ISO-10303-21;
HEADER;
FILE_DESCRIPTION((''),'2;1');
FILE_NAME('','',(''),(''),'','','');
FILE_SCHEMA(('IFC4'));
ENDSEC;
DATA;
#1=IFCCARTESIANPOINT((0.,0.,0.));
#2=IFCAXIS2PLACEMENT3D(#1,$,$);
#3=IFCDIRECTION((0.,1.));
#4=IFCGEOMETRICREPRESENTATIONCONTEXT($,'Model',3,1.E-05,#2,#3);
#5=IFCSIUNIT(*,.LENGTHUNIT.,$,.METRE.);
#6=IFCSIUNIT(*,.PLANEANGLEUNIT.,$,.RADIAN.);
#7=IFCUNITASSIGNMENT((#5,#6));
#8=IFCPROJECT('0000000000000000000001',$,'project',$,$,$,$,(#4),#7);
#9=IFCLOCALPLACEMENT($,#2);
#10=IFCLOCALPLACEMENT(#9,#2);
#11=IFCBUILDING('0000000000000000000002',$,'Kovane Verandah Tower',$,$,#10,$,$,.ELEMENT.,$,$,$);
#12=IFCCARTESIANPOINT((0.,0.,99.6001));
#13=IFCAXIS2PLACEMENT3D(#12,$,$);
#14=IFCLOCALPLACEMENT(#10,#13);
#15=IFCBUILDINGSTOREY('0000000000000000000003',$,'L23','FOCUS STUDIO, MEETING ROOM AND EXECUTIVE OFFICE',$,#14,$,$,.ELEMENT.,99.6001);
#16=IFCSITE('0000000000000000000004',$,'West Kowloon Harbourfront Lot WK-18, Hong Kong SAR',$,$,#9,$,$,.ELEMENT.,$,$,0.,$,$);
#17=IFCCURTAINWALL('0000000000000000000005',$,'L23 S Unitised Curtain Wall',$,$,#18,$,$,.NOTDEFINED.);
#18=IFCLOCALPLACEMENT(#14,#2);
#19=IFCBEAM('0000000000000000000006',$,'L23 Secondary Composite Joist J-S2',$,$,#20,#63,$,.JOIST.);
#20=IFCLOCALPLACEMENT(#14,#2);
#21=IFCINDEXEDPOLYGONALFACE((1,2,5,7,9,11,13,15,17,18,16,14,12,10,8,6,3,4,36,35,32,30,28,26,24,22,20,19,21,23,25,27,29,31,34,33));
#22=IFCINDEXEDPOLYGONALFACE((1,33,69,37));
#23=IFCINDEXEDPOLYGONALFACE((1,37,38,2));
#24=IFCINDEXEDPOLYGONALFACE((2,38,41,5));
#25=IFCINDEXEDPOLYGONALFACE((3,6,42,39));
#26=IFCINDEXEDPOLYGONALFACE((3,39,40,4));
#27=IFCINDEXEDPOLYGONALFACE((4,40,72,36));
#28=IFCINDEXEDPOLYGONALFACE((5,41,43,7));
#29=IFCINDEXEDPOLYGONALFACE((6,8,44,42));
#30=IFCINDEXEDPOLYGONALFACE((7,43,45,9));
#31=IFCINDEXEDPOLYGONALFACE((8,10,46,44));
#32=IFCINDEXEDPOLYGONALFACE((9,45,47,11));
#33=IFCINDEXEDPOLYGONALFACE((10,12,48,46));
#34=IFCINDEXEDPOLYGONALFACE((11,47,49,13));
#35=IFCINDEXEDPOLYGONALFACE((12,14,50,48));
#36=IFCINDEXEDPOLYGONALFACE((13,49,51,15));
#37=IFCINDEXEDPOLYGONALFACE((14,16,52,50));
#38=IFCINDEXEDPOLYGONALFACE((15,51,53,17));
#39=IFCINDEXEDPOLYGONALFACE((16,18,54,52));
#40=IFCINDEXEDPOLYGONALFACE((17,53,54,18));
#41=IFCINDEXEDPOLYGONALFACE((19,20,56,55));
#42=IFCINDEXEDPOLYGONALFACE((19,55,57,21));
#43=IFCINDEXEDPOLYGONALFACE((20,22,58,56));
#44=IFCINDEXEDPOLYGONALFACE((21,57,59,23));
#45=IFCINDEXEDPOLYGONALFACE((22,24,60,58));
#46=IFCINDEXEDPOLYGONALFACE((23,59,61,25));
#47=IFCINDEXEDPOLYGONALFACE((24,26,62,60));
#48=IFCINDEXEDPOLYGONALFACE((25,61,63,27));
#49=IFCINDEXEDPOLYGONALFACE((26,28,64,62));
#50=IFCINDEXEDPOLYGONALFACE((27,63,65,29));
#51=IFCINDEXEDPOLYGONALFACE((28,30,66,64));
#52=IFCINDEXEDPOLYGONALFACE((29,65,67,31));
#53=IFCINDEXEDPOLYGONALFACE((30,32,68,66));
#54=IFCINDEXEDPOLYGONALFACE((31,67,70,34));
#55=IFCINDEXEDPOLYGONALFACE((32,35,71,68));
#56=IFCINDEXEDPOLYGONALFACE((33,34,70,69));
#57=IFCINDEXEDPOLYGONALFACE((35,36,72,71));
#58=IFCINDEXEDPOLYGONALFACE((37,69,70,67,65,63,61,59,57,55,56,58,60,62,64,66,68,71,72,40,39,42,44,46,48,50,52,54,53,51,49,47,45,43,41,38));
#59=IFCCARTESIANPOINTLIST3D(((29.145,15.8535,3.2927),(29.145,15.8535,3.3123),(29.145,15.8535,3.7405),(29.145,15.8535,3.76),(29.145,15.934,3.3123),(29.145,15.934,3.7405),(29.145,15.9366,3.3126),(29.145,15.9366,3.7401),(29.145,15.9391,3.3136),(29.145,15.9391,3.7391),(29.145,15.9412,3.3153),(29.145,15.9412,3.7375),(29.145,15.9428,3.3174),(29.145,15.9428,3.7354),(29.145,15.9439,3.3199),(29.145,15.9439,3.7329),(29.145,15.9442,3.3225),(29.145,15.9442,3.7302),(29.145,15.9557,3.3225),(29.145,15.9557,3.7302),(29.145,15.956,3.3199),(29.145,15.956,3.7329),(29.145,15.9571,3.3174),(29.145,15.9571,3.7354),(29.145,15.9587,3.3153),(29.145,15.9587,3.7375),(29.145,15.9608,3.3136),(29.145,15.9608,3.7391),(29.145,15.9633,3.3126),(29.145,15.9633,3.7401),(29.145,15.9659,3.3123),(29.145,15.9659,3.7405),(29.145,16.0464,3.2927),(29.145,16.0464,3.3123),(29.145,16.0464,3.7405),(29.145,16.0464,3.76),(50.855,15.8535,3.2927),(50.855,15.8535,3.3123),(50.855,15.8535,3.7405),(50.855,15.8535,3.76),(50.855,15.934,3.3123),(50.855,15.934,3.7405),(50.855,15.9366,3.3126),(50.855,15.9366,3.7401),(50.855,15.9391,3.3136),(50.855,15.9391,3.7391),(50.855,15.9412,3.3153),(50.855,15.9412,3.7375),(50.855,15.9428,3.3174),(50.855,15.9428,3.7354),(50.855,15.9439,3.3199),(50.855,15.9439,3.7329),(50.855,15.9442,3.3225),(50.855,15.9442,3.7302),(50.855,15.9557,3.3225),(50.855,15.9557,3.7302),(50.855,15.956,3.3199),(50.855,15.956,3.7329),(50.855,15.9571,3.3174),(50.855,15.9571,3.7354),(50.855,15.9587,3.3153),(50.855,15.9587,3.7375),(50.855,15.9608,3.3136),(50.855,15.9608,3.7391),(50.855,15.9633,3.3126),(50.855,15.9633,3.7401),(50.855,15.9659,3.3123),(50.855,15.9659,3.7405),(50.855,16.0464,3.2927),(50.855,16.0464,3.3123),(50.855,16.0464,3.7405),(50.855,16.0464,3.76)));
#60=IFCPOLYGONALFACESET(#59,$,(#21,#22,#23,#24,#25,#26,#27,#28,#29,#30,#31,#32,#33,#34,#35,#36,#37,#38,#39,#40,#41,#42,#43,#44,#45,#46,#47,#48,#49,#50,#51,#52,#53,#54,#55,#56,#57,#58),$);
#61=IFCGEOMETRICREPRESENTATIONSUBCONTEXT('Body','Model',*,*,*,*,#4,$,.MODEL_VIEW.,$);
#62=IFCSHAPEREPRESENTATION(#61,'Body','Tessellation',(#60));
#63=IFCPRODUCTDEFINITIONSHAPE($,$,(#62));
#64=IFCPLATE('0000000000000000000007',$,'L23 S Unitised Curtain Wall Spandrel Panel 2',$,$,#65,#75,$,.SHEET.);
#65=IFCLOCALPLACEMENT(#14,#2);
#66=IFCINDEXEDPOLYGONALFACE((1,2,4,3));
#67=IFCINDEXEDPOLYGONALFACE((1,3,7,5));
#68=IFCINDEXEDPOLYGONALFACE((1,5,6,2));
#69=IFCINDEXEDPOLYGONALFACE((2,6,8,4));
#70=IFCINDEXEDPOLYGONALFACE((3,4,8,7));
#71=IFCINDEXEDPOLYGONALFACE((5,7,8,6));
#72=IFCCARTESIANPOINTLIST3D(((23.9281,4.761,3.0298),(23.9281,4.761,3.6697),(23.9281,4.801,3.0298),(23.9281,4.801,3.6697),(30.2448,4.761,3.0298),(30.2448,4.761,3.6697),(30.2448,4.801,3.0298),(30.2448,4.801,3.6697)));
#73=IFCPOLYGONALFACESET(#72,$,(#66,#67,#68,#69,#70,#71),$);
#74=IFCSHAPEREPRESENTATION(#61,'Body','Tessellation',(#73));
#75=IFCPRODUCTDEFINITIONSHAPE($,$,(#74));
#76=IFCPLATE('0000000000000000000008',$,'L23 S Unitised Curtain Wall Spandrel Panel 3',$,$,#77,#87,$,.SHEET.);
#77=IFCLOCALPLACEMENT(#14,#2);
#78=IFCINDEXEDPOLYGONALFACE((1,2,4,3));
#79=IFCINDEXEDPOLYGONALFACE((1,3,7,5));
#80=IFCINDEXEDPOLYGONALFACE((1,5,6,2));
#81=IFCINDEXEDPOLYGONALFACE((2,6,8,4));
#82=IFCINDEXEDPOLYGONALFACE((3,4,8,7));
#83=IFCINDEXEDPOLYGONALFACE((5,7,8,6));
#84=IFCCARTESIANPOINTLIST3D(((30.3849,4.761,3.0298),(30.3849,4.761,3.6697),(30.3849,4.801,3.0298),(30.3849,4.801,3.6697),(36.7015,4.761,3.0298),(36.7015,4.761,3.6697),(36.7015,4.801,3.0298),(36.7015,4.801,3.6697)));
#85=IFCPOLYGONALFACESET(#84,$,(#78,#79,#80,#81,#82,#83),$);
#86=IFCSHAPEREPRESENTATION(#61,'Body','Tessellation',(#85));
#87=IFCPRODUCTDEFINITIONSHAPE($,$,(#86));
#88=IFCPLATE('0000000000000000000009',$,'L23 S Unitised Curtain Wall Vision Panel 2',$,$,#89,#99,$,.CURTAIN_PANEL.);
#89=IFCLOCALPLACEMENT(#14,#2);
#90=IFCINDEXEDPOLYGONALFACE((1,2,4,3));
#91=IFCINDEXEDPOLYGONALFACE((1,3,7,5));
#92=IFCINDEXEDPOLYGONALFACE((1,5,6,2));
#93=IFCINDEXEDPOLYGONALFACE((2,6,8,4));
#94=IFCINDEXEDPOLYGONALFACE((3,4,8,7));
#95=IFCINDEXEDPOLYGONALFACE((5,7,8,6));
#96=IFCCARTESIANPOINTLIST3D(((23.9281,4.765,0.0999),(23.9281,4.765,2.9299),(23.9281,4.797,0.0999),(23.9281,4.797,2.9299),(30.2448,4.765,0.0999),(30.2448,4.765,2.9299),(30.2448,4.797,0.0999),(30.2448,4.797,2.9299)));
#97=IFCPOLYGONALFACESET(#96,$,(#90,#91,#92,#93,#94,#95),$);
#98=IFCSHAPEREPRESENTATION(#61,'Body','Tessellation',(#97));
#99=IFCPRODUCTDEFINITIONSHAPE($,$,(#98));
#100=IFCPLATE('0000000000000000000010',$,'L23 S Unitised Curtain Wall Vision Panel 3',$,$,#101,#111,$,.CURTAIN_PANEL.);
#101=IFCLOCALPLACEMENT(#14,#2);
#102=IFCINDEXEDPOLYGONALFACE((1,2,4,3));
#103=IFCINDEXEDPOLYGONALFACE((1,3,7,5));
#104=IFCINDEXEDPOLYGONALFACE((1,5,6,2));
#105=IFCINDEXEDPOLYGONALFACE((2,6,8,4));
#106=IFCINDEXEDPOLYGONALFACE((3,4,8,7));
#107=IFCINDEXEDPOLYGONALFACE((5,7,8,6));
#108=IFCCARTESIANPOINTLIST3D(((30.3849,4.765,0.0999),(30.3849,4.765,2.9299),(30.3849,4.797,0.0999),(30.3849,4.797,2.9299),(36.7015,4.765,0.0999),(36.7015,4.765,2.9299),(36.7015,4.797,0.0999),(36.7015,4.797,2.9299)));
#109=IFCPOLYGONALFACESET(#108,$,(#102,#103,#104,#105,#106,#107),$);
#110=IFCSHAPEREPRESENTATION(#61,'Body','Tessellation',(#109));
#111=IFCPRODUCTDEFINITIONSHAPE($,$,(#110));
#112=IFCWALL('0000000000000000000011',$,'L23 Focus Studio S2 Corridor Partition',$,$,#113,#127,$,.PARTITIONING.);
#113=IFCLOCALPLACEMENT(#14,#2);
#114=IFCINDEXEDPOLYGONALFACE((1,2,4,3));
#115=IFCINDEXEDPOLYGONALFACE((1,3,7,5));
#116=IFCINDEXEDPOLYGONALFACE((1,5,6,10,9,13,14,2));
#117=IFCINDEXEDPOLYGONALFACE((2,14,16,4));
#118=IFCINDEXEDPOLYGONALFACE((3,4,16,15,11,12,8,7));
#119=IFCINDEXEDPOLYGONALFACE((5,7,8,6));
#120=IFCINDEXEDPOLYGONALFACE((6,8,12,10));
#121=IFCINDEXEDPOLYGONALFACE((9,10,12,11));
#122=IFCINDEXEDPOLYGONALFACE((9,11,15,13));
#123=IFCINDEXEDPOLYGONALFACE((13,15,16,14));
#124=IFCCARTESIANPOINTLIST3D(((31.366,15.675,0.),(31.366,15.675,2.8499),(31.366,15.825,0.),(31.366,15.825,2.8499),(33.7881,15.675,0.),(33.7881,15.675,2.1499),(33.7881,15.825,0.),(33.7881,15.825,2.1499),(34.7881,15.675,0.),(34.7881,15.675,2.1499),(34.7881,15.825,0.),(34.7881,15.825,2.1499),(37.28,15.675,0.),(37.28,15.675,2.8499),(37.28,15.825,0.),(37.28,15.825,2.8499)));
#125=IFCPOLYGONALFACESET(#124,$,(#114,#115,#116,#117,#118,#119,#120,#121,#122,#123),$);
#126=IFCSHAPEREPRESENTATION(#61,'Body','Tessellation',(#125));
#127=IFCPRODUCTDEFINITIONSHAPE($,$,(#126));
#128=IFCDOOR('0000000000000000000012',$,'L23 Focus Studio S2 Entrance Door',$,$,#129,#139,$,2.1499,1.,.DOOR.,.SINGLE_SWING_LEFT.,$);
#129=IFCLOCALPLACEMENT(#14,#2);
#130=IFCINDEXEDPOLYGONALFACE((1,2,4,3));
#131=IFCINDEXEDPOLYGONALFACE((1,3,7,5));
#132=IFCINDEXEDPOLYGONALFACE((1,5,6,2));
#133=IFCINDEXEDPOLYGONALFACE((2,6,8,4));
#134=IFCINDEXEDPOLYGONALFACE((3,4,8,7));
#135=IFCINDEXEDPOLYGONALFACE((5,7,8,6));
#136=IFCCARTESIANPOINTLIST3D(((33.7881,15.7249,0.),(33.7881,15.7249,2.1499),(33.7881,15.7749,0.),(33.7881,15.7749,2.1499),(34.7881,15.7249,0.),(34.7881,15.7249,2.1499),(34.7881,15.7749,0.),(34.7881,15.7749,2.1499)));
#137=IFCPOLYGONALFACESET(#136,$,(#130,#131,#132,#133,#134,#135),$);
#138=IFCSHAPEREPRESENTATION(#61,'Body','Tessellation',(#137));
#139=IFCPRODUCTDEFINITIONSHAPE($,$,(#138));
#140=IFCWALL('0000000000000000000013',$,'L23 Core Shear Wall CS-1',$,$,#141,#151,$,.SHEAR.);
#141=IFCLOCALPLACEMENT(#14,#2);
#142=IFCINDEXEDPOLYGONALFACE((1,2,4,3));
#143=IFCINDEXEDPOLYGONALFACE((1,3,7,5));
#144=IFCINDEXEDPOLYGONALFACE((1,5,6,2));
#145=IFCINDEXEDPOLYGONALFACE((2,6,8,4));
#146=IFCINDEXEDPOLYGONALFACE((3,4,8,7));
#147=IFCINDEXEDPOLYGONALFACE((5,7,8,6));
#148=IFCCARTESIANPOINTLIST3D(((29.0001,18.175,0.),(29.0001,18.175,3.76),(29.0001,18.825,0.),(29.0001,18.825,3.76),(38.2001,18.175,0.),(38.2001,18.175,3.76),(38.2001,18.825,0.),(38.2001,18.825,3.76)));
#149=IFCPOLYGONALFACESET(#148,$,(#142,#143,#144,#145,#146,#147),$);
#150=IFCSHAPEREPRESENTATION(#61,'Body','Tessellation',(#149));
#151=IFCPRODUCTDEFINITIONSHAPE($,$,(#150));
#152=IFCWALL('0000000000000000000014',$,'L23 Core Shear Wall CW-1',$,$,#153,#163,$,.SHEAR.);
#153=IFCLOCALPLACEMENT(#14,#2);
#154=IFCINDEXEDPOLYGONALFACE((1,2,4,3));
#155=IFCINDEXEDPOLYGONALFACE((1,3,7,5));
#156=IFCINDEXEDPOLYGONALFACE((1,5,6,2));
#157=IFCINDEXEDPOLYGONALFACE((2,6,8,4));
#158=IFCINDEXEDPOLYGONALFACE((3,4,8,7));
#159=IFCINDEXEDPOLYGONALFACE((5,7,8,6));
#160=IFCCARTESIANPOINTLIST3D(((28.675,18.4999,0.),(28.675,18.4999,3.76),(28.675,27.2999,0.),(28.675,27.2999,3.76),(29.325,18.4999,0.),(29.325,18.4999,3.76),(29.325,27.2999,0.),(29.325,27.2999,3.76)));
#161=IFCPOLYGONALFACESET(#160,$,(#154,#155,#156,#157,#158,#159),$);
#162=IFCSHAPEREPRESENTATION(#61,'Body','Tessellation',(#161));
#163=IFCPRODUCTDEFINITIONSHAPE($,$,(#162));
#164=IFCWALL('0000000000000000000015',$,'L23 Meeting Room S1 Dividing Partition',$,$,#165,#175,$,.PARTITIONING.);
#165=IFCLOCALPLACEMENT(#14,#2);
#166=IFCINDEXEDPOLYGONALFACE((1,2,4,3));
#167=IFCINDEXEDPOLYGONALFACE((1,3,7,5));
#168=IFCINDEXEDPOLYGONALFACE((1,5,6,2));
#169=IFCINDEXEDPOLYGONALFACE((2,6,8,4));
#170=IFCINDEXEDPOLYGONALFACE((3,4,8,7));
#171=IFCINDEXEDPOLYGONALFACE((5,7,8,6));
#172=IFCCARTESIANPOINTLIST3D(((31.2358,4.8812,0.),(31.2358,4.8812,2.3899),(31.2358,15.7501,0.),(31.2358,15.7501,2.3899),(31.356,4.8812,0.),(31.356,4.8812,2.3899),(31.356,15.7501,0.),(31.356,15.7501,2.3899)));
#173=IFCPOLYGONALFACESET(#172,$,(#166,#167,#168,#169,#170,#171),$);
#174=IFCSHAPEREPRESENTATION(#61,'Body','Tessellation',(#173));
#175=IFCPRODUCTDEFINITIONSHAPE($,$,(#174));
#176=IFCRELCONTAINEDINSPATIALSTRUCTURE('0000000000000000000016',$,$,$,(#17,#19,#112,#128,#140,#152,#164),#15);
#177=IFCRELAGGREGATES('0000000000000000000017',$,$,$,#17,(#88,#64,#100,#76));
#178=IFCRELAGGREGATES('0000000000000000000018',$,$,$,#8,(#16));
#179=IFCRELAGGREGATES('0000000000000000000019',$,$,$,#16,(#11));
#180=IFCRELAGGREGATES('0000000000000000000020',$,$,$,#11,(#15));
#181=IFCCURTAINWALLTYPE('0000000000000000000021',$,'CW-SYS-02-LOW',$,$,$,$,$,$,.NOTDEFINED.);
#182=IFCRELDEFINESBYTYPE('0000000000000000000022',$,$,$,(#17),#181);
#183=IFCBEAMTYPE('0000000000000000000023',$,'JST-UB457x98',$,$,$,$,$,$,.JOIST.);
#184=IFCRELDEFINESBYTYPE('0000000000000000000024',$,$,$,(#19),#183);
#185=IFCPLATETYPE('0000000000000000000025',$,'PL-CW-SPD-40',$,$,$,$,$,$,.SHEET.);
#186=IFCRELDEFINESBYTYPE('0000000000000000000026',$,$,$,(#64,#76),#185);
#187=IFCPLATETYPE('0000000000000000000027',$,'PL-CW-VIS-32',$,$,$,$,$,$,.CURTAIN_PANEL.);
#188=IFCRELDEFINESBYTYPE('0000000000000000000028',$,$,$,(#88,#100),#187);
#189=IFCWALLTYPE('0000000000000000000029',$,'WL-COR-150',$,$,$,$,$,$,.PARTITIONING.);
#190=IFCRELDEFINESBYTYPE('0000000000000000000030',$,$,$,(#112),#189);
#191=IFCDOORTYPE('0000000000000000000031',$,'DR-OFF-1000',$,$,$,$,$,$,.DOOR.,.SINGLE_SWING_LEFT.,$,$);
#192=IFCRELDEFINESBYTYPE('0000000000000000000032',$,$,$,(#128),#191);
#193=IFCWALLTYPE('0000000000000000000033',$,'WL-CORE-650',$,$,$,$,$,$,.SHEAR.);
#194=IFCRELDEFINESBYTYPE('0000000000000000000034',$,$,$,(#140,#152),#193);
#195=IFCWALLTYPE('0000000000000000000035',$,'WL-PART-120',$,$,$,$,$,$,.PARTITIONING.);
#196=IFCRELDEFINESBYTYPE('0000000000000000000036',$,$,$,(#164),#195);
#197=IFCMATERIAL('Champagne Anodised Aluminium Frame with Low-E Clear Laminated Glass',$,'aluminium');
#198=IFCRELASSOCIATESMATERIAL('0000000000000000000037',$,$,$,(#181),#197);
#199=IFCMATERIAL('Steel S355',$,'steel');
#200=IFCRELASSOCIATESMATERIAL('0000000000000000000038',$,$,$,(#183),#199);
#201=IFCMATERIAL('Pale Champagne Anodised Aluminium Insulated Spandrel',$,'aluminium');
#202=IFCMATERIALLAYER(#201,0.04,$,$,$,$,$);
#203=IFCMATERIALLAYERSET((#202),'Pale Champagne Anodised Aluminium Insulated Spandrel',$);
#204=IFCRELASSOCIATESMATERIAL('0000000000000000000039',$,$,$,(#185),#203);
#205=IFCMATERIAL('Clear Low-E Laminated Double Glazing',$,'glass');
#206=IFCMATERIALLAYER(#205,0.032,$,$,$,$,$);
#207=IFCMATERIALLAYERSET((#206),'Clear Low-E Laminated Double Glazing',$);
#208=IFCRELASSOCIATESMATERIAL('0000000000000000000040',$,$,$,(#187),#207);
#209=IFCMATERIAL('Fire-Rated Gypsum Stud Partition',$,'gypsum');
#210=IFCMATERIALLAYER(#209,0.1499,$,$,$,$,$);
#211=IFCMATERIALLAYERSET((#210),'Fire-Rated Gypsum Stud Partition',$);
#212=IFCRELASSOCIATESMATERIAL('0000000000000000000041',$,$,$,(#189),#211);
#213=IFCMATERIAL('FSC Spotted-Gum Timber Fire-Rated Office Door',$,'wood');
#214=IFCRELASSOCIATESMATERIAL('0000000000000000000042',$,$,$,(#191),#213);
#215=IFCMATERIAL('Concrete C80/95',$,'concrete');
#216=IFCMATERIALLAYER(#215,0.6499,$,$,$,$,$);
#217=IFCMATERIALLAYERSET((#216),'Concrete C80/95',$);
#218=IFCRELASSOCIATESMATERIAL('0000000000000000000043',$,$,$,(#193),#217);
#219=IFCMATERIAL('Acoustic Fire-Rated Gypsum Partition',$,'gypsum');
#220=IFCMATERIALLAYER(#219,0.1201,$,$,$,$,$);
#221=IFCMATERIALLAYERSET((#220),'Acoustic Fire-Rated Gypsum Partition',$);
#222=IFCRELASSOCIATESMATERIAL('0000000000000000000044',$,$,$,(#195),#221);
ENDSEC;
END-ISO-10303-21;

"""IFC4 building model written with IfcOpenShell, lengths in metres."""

from ifc_helpers import new_model, si_unit, direction, frame, frame_2d, origin, origin_2d, place, context, subcontext, project, spatial, rectangle, i_section, extrude, material, layer, layer_set, material_profile, profile_set, type_object, element, fill, aggregate, save


model = new_model("IFC4")

# Units and contexts
model_context = context("Model", 3, precision=1e-05, world=origin(), true_north=direction((0.0, 1.0)))
body_context = subcontext(model_context, "Body", "Model", "MODEL_VIEW")
ifc_project = project(units=[si_unit("LENGTHUNIT", "METRE"), si_unit("PLANEANGLEUNIT", "RADIAN")], contexts=[model_context])

# Site, building, storey
site_placement = place(None, origin())
site = spatial("IfcSite", under=ifc_project, at=site_placement, Name="West Kowloon Harbourfront Lot WK-18, Hong Kong SAR", CompositionType="ELEMENT", RefElevation=0.0)
building_placement = place(site_placement, origin())
building = spatial("IfcBuilding", under=site, at=building_placement, Name="Kovane Verandah Tower", CompositionType="ELEMENT")
storey_placement = place(building_placement, frame((0.0, 0.0, 99.6001)))
storey = spatial("IfcBuildingStorey", under=building, at=storey_placement, Name="L23", Description="FOCUS STUDIO, MEETING ROOM AND EXECUTIVE OFFICE", CompositionType="ELEMENT", Elevation=99.6001)

# Shared definitions
ifc_material_1 = material(Name="Concrete C80/95", Category="concrete")

# Shared definitions
ifc_material_2 = material(Name="Steel S355", Category="steel")

# Curtain wall
ifc_material_3 = material(Name="Champagne Anodised Aluminium Frame with Low-E Clear Laminated Glass", Category="aluminium")
curtain_wall_type = type_object("IfcCurtainWallType", Name="CW-SYS-02-LOW", PredefinedType="NOTDEFINED", material=ifc_material_3)
curtain_wall_placement = place(storey_placement, origin())
curtain_wall = element("IfcCurtainWall", 1, at=curtain_wall_placement, inside=storey, type_object=curtain_wall_type, Name="L23 S Unitised Curtain Wall", PredefinedType="NOTDEFINED")

# Beam
ifc_material_profile_1 = material_profile(ifc_material_2, i_section(OverallWidth=0.1929, OverallDepth=0.4673, WebThickness=0.0115, FlangeThickness=0.0195, FilletRadius=0.0103, at=origin_2d()), Name="UB457x191x98")
ifc_profile_set_1 = profile_set([ifc_material_profile_1], Name="Steel S355")
beam_type_1 = type_object("IfcBeamType", Name="JST-UB457x98", PredefinedType="JOIST", material=ifc_profile_set_1)
for number, where, z_axis, x_axis, name in (
    (2, (29.145, 15.95, 3.5264), (1.0, 0.0, 0.0), (0.0, 1.0, 0.0), "L23 Secondary Composite Joist J-S2"),
):
    element("IfcBeam", number, at=place(storey_placement, frame(where, z_axis=z_axis, x_axis=x_axis)), inside=storey, type_object=beam_type_1, Name=name, PredefinedType="JOIST", context=body_context, shape_type="SweptSolid", body=[
        extrude(i_section(OverallWidth=0.1929, OverallDepth=0.4673, WebThickness=0.0115, FlangeThickness=0.0195, FilletRadius=0.0103, at=origin_2d()), origin(), (0.0, 0.0, 1.0), 21.71),
    ])

# Plates
ifc_material_4 = material(Name="Pale Champagne Anodised Aluminium Insulated Spandrel", Category="aluminium")
ifc_layer_1 = layer(ifc_material_4, 0.04)
ifc_layer_set_1 = layer_set([ifc_layer_1], Name="Pale Champagne Anodised Aluminium Insulated Spandrel")
plate_type_1 = type_object("IfcPlateType", Name="PL-CW-SPD-40", PredefinedType="SHEET", material=ifc_layer_set_1)
plate_1_placement = place(storey_placement, frame((27.0864, 4.781, 3.0298), z_axis=(0.0, 0.0, 1.0), x_axis=(1.0, 0.0, 0.0)))
plate_1 = element("IfcPlate", 3, at=plate_1_placement, type_object=plate_type_1, Name="L23 S Unitised Curtain Wall Spandrel Panel 2", PredefinedType="SHEET", context=body_context, shape_type="SweptSolid", body=[
    extrude(rectangle(XDim=6.3167, YDim=0.04, at=origin_2d()), origin(), (0.0, 0.0, 1.0), 0.6399),
])
plate_2_placement = place(storey_placement, frame((33.5432, 4.781, 3.0298), z_axis=(0.0, 0.0, 1.0), x_axis=(1.0, 0.0, 0.0)))
plate_2 = element("IfcPlate", 4, at=plate_2_placement, type_object=plate_type_1, Name="L23 S Unitised Curtain Wall Spandrel Panel 3", PredefinedType="SHEET", context=body_context, shape_type="SweptSolid", body=[
    extrude(rectangle(XDim=6.3167, YDim=0.04, at=origin_2d()), origin(), (0.0, 0.0, 1.0), 0.6399),
])
ifc_material_5 = material(Name="Clear Low-E Laminated Double Glazing", Category="glass")
ifc_layer_2 = layer(ifc_material_5, 0.032)
ifc_layer_set_2 = layer_set([ifc_layer_2], Name="Clear Low-E Laminated Double Glazing")
plate_type_2 = type_object("IfcPlateType", Name="PL-CW-VIS-32", PredefinedType="CURTAIN_PANEL", material=ifc_layer_set_2)
plate_3_placement = place(storey_placement, frame((27.0864, 4.781, 0.0999), z_axis=(0.0, 0.0, 1.0), x_axis=(1.0, 0.0, 0.0)))
plate_3 = element("IfcPlate", 5, at=plate_3_placement, type_object=plate_type_2, Name="L23 S Unitised Curtain Wall Vision Panel 2", PredefinedType="CURTAIN_PANEL", context=body_context, shape_type="SweptSolid", body=[
    extrude(rectangle(XDim=6.3167, YDim=0.032, at=origin_2d()), origin(), (0.0, 0.0, 1.0), 2.8301),
])
plate_4_placement = place(storey_placement, frame((33.5432, 4.781, 0.0999), z_axis=(0.0, 0.0, 1.0), x_axis=(1.0, 0.0, 0.0)))
plate_4 = element("IfcPlate", 6, at=plate_4_placement, type_object=plate_type_2, Name="L23 S Unitised Curtain Wall Vision Panel 3", PredefinedType="CURTAIN_PANEL", context=body_context, shape_type="SweptSolid", body=[
    extrude(rectangle(XDim=6.3167, YDim=0.032, at=origin_2d()), origin(), (0.0, 0.0, 1.0), 2.8301),
])
aggregate(curtain_wall, [plate_3, plate_1, plate_4, plate_2])

# Wall, opening, door
ifc_material_6 = material(Name="Fire-Rated Gypsum Stud Partition", Category="gypsum")
ifc_layer_3 = layer(ifc_material_6, 0.1499)
ifc_layer_set_3 = layer_set([ifc_layer_3], Name="Fire-Rated Gypsum Stud Partition")
wall_type_1 = type_object("IfcWallType", Name="WL-COR-150", PredefinedType="PARTITIONING", material=ifc_layer_set_3)
ifc_material_7 = material(Name="FSC Spotted-Gum Timber Fire-Rated Office Door", Category="wood")
door_type = type_object("IfcDoorType", Name="DR-OFF-1000", OperationType="SINGLE_SWING_LEFT", PredefinedType="DOOR", material=ifc_material_7)
wall_1_placement = place(storey_placement, frame((31.366, 15.75, 0.0), z_axis=(0.0, 0.0, 1.0), x_axis=(1.0, 0.0, 0.0)))
wall_1 = element("IfcWall", 7, at=wall_1_placement, inside=storey, type_object=wall_type_1, Name="L23 Focus Studio S2 Corridor Partition", PredefinedType="PARTITIONING", context=body_context, shape_type="SweptSolid", body=[
    extrude(rectangle(XDim=5.9141, YDim=0.1499, at=frame_2d((2.957, 0.0))), origin(), (0.0, 0.0, 1.0), 2.8499),
])
opening_1_placement = place(wall_1_placement, frame((2.4221, 0.0, 0.0)))
opening_1 = element("IfcOpeningElement", 8, at=opening_1_placement, cuts=wall_1, PredefinedType="OPENING", context=body_context, shape_type="SweptSolid", body=[
    extrude(rectangle(XDim=1.0, YDim=2.1499, at=frame_2d((0.5, 1.075))), frame((0.0, 0.075, 0.0), z_axis=(0.0, -1.0, 0.0), x_axis=(1.0, 0.0, 0.0)), (0.0, 0.0, 1.0), 0.1499),
])
door_1_placement = place(opening_1_placement, origin())
door_1 = element("IfcDoor", 9, at=door_1_placement, inside=storey, type_object=door_type, Name="L23 Focus Studio S2 Entrance Door", OperationType="SINGLE_SWING_LEFT", OverallHeight=2.1499, OverallWidth=1.0, PredefinedType="DOOR", context=body_context, shape_type="SweptSolid", body=[
    extrude(rectangle(XDim=1.0, YDim=2.1499, at=frame_2d((0.5, 1.075))), frame((0.0, 0.0249, 0.0), z_axis=(0.0, -1.0, 0.0), x_axis=(1.0, 0.0, 0.0)), (0.0, 0.0, 1.0), 0.05),
])
fill(opening_1, door_1)

# Walls
ifc_layer_4 = layer(ifc_material_1, 0.6499)
ifc_layer_set_4 = layer_set([ifc_layer_4], Name="Concrete C80/95")
wall_type_2 = type_object("IfcWallType", Name="WL-CORE-650", PredefinedType="SHEAR", material=ifc_layer_set_4)
wall_2_placement = place(storey_placement, frame((29.0, 18.5, 0.0), z_axis=(0.0, 0.0, 1.0), x_axis=(1.0, 0.0, 0.0)))
element("IfcWall", 10, at=wall_2_placement, inside=storey, type_object=wall_type_2, Name="L23 Core Shear Wall CS-1", PredefinedType="SHEAR", context=body_context, shape_type="SweptSolid", body=[
    extrude(rectangle(XDim=9.2, YDim=0.6499, at=frame_2d((4.6001, 0.0))), origin(), (0.0, 0.0, 1.0), 3.76),
])
wall_3_placement = place(storey_placement, frame((29.0, 18.5, 0.0), z_axis=(0.0, 0.0, 1.0), x_axis=(0.0, 1.0, 0.0)))
element("IfcWall", 11, at=wall_3_placement, inside=storey, type_object=wall_type_2, Name="L23 Core Shear Wall CW-1", PredefinedType="SHEAR", context=body_context, shape_type="SweptSolid", body=[
    extrude(rectangle(XDim=8.8, YDim=0.6499, at=frame_2d((4.3999, 0.0))), origin(), (0.0, 0.0, 1.0), 3.76),
])
ifc_material_8 = material(Name="Acoustic Fire-Rated Gypsum Partition", Category="gypsum")
ifc_layer_5 = layer(ifc_material_8, 0.1201)
ifc_layer_set_5 = layer_set([ifc_layer_5], Name="Acoustic Fire-Rated Gypsum Partition")
wall_type_3 = type_object("IfcWallType", Name="WL-PART-120", PredefinedType="PARTITIONING", material=ifc_layer_set_5)
wall_4_placement = place(storey_placement, frame((31.2959, 4.8811, 0.0), z_axis=(0.0, 0.0, 1.0), x_axis=(0.0, 1.0, 0.0)))
element("IfcWall", 12, at=wall_4_placement, inside=storey, type_object=wall_type_3, Name="L23 Meeting Room S1 Dividing Partition", PredefinedType="PARTITIONING", context=body_context, shape_type="SweptSolid", body=[
    extrude(rectangle(XDim=10.8689, YDim=0.1201, at=frame_2d((5.4346, 0.0))), origin(), (0.0, 0.0, 1.0), 2.3899),
])

save(model, "model.ifc")
